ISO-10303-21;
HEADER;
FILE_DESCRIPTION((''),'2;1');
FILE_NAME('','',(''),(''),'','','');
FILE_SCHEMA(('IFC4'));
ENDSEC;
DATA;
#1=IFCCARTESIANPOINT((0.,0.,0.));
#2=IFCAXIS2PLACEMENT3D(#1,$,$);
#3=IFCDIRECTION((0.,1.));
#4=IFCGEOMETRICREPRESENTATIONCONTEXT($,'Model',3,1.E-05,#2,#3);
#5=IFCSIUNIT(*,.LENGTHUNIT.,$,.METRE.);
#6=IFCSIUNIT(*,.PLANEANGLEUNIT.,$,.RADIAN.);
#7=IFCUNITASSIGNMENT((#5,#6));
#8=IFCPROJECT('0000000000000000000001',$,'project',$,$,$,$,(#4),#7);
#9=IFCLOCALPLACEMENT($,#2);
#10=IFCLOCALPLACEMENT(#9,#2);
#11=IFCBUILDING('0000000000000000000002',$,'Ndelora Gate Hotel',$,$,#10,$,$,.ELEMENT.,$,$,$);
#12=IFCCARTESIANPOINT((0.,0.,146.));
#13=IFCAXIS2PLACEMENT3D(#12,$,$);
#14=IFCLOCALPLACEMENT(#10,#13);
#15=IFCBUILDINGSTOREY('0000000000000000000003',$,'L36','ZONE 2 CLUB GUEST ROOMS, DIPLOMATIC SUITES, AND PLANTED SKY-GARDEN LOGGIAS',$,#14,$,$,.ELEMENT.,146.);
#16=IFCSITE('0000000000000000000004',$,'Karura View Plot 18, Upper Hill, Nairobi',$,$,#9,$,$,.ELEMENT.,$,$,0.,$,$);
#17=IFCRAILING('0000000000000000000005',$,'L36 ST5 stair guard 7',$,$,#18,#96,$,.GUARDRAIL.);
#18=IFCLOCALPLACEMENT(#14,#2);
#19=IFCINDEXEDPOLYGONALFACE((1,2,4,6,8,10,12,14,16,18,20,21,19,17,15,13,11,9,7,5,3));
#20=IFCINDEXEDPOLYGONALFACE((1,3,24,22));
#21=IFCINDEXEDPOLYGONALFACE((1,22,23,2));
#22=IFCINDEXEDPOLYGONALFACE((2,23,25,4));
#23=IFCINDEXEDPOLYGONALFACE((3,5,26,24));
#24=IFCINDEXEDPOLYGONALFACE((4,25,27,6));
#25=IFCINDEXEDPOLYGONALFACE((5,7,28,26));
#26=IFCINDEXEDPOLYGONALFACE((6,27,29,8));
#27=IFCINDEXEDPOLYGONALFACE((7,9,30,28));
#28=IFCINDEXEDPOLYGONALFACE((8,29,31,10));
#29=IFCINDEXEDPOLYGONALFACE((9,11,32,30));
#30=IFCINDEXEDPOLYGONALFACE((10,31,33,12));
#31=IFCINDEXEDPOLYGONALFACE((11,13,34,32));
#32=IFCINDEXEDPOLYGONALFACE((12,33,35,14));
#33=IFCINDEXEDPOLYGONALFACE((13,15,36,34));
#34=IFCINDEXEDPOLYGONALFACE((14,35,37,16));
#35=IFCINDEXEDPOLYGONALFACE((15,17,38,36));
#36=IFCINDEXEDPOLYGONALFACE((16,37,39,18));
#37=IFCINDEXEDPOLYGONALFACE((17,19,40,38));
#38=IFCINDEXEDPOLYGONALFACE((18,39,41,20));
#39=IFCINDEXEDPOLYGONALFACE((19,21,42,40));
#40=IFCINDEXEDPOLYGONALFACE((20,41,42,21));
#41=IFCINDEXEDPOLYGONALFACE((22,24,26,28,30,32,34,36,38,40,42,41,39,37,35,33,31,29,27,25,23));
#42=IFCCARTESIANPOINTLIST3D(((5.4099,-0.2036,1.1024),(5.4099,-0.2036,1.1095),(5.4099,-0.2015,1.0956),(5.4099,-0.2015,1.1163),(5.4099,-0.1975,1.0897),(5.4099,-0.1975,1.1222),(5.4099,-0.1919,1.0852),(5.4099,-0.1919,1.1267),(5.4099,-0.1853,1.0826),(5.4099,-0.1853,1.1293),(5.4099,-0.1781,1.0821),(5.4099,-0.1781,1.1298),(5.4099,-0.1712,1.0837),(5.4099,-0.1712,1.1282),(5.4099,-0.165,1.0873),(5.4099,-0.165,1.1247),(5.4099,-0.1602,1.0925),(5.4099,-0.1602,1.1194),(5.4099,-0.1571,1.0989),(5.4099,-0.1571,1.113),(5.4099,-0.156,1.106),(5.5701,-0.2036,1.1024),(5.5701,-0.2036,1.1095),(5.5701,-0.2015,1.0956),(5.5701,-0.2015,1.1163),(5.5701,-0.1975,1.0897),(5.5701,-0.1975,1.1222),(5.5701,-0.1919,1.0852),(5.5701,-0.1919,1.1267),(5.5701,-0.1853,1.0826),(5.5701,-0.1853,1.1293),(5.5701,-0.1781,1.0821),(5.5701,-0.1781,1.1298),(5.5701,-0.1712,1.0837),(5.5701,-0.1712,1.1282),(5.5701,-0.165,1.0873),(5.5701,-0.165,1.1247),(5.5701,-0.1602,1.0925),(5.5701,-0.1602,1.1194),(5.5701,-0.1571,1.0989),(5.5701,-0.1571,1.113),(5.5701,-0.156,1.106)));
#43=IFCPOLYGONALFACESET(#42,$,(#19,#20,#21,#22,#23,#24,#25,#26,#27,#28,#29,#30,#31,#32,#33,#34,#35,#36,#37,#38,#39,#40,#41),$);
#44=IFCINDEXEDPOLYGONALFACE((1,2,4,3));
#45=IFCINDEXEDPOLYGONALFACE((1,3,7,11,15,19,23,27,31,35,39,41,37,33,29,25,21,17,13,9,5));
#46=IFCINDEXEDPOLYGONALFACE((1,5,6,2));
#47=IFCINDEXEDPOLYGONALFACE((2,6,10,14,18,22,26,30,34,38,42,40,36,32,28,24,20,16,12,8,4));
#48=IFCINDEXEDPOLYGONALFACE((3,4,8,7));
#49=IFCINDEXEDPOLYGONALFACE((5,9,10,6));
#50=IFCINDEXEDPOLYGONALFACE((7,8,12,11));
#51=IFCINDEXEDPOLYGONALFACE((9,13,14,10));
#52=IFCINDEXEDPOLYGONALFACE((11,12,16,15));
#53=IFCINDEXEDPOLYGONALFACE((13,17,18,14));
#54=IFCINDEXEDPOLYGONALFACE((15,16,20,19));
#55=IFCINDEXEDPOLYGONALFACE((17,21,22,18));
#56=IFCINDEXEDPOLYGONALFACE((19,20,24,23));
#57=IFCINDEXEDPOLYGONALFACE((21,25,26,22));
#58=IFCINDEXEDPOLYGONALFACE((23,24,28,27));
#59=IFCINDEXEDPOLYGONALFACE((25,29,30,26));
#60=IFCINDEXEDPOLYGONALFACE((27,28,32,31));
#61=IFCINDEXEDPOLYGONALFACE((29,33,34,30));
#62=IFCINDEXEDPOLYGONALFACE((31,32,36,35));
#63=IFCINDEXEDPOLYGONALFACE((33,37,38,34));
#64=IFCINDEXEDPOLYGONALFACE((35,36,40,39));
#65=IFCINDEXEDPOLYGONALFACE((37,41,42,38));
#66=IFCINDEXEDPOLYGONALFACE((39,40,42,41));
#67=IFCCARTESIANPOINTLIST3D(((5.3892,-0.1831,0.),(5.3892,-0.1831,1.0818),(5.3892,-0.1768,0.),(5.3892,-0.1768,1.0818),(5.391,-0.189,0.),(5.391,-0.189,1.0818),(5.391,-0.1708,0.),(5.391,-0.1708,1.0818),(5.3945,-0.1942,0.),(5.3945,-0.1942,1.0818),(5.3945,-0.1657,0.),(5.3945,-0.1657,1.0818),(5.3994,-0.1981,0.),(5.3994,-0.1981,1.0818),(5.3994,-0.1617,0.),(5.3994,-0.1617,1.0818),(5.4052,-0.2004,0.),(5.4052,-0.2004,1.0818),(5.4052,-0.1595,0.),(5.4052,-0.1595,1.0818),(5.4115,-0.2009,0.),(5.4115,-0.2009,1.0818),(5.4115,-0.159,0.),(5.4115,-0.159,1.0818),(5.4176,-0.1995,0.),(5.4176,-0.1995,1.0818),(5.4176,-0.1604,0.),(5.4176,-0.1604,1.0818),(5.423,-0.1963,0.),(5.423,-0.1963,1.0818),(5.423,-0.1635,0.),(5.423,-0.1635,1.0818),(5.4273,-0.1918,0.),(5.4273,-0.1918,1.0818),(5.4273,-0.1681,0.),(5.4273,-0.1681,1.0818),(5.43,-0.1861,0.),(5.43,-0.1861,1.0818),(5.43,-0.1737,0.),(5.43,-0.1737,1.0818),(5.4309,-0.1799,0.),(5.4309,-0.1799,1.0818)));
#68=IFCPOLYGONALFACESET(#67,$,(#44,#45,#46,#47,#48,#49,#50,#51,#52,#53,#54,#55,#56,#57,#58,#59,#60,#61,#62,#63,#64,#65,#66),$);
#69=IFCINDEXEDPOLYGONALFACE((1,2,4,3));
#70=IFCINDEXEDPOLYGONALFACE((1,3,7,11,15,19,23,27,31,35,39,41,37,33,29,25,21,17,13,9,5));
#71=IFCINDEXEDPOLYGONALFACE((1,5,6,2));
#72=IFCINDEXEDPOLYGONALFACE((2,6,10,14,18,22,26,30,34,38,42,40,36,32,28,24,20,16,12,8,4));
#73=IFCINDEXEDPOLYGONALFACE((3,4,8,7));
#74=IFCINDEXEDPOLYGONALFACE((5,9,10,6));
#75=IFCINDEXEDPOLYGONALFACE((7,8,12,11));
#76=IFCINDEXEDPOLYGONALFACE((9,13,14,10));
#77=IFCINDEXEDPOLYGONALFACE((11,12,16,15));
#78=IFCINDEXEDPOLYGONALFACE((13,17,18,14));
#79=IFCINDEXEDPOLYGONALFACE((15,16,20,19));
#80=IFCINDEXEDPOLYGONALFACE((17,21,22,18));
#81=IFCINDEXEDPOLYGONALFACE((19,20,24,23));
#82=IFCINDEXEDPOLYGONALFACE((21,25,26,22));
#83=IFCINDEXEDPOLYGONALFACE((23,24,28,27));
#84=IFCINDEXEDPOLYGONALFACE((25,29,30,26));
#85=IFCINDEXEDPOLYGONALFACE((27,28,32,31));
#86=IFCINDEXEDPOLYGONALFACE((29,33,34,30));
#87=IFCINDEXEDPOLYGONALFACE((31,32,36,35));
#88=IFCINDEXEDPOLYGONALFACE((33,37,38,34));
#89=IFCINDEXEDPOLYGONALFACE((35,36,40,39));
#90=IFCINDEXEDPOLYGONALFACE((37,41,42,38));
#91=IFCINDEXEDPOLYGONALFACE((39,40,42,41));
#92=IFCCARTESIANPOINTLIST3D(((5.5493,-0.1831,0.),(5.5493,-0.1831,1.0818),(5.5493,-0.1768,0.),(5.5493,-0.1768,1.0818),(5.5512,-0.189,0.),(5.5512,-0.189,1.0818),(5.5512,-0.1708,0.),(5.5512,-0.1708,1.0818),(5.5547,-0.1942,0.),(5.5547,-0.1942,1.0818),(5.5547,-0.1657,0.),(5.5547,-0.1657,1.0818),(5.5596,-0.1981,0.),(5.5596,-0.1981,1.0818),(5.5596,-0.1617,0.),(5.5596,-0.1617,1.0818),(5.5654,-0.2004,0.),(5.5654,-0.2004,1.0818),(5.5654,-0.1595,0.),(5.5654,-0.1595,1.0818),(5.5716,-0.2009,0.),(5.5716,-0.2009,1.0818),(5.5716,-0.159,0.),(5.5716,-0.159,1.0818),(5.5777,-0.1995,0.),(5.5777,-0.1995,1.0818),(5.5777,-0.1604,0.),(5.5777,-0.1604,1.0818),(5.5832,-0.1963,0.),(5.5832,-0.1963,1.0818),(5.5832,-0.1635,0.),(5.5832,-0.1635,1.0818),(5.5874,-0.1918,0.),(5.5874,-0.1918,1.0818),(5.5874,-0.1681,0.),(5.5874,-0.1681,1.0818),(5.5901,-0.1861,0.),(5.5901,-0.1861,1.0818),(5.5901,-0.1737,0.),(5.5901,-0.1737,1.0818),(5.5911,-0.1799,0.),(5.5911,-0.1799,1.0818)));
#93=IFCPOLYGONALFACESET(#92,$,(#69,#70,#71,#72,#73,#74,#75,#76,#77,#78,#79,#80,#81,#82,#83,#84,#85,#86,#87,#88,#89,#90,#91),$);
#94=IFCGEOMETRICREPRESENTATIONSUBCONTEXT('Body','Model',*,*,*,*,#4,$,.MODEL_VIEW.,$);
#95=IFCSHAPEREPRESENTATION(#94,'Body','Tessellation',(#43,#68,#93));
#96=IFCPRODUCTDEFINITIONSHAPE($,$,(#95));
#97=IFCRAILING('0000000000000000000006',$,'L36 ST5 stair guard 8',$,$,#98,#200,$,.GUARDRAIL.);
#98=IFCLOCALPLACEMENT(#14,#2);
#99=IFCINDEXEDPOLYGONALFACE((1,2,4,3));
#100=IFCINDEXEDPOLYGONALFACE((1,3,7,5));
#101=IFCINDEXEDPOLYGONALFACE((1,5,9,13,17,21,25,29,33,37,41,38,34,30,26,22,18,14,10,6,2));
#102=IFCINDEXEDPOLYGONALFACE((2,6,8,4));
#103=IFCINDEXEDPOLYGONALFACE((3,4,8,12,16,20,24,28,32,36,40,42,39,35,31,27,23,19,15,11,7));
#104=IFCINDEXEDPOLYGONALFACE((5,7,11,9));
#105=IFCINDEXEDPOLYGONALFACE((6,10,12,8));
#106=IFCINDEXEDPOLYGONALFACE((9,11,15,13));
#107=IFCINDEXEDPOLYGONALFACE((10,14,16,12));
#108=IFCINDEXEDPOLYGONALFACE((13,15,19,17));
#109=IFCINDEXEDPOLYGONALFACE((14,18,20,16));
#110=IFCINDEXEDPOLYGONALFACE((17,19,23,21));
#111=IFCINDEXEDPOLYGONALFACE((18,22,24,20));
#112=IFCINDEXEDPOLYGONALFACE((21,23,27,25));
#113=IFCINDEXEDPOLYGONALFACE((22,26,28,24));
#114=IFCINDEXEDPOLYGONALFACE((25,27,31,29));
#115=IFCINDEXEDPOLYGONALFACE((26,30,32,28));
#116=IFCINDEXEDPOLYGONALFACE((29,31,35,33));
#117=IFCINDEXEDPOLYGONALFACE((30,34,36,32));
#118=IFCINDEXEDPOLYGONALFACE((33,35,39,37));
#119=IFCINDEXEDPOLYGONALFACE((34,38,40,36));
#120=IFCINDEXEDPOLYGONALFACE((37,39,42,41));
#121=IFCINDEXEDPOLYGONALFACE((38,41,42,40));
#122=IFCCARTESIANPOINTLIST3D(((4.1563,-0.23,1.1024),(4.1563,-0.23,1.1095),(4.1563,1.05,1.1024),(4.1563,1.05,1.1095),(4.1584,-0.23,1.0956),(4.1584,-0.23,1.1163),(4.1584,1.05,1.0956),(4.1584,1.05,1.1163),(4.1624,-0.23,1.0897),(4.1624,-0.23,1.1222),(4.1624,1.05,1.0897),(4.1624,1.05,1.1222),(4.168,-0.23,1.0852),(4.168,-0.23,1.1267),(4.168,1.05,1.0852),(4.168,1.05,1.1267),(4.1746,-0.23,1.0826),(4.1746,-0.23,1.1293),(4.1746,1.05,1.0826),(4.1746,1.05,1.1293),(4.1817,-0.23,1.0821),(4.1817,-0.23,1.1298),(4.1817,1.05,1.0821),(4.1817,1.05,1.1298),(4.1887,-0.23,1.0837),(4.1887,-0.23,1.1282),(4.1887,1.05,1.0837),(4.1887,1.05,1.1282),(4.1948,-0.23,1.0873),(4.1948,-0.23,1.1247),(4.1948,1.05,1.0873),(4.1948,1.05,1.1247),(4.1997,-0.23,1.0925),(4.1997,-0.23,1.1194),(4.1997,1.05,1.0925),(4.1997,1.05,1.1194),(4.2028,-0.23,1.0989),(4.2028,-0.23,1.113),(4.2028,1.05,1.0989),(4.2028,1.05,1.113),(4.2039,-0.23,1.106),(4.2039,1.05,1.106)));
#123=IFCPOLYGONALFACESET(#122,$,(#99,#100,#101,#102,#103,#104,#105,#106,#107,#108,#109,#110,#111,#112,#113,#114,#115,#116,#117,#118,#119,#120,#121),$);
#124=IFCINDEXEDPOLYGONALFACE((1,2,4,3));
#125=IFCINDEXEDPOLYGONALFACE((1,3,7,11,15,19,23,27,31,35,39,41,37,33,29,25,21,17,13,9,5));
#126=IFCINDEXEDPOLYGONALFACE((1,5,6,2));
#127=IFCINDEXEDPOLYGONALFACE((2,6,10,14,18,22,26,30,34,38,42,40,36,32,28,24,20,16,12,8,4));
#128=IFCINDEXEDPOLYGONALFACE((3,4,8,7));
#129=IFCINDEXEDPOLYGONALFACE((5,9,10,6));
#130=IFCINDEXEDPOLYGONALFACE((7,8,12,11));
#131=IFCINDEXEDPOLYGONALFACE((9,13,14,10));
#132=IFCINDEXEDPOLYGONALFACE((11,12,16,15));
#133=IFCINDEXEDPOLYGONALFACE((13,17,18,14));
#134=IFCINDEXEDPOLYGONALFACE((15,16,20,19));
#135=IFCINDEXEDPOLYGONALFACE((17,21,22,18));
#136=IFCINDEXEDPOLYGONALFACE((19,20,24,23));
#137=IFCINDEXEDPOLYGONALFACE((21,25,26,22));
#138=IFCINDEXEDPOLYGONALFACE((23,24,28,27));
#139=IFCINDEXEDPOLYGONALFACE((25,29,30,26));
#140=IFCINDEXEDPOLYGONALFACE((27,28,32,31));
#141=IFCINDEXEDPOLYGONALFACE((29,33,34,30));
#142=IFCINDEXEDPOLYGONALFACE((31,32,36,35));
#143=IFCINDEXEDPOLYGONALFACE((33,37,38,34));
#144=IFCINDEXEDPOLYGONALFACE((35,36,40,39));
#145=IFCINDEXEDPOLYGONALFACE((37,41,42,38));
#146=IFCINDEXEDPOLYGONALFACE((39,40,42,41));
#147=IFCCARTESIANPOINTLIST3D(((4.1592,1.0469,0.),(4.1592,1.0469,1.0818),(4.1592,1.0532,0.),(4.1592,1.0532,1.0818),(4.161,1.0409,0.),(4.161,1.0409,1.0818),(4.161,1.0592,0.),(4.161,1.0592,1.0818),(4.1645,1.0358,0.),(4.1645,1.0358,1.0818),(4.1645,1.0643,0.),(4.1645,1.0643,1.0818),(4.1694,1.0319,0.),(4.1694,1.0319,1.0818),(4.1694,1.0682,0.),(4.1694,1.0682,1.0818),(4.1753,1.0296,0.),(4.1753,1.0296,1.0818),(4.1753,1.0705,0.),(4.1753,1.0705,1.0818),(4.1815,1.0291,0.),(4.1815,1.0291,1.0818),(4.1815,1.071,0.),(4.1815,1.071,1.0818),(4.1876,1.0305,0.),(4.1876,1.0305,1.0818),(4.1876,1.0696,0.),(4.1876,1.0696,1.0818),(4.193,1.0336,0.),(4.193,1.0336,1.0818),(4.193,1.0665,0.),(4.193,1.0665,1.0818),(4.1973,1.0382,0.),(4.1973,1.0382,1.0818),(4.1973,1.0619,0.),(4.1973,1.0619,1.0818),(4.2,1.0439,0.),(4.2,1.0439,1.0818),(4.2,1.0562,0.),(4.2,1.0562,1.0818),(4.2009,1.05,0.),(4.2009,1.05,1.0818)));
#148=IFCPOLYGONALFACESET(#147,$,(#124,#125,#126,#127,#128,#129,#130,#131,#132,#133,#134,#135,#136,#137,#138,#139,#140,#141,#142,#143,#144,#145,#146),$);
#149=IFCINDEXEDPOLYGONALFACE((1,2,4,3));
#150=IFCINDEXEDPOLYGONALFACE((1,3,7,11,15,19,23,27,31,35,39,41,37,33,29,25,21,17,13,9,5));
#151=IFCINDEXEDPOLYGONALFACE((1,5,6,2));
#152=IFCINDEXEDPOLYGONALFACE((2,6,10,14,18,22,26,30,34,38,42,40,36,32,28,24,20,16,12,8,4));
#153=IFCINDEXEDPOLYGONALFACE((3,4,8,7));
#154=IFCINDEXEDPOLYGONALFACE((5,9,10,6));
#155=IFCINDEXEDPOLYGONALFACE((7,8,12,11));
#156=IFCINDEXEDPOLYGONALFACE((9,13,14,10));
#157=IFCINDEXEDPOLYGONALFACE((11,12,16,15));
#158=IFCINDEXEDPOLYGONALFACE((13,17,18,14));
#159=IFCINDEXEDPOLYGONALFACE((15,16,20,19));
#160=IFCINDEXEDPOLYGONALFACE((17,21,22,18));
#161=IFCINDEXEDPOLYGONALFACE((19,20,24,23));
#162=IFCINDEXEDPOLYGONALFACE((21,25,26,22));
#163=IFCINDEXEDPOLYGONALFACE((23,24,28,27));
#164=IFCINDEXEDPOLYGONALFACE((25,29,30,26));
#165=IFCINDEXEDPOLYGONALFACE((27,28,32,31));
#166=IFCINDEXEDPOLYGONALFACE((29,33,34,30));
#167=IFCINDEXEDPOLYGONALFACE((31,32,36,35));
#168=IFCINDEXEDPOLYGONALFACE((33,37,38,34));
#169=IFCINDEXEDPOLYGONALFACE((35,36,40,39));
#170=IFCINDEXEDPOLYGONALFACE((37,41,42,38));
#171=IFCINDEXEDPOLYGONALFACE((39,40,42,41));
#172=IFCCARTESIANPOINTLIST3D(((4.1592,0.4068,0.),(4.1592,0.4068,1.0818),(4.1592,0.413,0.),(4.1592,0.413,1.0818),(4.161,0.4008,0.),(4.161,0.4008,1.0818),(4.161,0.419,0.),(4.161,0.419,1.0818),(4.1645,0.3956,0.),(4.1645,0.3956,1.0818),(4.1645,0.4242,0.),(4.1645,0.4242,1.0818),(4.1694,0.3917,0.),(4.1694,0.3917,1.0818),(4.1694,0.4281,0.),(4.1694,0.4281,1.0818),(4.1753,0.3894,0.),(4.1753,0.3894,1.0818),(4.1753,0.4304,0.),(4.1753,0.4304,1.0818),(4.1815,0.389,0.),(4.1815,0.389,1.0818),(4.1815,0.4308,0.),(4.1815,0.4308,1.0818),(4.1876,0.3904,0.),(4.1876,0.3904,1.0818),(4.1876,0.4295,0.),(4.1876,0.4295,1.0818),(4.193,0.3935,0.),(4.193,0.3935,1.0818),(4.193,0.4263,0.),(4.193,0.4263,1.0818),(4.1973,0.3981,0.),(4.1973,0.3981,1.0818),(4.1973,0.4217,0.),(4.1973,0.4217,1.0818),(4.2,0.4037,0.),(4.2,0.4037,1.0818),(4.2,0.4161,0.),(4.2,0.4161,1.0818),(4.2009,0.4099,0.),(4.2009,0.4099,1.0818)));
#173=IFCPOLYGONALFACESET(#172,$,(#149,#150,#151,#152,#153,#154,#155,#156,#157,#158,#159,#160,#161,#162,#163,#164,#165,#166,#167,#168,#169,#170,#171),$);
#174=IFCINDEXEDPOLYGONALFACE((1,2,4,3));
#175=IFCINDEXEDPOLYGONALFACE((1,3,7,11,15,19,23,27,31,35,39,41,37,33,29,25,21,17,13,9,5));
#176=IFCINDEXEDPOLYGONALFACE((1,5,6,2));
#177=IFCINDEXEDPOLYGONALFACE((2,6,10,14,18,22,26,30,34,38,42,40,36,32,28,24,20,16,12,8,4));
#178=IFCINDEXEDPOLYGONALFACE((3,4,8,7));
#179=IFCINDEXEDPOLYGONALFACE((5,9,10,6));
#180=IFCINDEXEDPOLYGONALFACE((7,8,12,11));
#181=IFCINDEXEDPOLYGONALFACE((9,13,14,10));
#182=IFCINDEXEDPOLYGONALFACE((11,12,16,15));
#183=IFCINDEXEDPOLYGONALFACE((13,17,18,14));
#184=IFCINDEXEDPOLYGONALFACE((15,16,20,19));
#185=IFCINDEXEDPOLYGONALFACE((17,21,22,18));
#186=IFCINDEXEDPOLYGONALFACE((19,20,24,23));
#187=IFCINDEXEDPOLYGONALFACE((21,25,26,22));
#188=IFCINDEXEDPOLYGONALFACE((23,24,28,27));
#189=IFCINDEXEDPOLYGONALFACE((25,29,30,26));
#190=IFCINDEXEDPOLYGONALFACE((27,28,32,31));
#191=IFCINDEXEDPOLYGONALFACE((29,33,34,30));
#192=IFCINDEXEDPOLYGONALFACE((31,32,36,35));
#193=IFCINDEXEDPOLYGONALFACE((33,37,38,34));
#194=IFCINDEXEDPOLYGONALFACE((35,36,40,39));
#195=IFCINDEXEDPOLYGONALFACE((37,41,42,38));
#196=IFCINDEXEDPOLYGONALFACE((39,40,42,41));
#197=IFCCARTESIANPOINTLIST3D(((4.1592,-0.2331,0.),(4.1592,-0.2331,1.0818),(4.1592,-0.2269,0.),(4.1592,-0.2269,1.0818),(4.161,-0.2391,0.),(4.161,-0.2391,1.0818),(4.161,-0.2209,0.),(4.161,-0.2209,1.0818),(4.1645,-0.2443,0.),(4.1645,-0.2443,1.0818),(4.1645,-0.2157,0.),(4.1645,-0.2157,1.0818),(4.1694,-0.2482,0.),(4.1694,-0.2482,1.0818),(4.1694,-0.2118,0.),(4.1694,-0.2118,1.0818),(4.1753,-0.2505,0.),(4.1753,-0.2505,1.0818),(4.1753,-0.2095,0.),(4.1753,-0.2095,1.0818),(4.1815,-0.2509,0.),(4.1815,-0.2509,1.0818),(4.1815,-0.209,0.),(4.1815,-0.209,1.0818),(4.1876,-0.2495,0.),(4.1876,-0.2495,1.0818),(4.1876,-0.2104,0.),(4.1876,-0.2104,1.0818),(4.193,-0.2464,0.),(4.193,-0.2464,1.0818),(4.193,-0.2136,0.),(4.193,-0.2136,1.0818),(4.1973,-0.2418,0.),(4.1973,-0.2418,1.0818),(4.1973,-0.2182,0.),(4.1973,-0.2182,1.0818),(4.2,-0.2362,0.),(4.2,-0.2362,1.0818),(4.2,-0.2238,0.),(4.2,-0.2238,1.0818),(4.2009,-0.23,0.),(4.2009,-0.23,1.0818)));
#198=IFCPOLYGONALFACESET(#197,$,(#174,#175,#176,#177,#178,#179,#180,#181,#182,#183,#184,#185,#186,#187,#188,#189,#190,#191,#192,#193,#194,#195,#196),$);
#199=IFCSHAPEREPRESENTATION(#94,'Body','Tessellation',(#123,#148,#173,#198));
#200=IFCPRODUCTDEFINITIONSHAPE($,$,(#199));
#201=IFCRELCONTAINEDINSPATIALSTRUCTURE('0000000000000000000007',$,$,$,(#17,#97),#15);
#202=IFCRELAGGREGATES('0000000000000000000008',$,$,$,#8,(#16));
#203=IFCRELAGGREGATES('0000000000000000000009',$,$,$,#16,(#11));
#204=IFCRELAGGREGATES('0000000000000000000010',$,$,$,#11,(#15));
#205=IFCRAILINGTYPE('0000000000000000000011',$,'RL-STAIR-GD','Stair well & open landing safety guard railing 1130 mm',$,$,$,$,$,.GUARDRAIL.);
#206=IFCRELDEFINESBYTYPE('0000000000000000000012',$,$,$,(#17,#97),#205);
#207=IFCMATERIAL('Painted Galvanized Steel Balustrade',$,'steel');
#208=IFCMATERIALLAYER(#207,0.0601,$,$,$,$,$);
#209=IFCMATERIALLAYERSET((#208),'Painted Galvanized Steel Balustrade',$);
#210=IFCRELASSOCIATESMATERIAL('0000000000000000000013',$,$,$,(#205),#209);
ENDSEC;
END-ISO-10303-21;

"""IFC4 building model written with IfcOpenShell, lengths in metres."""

from ifc_helpers import new_model, si_unit, direction, frame, origin, origin_2d, place, context, subcontext, project, spatial, circle, extrude, material, layer, layer_set, type_object, element, save


model = new_model("IFC4")

# Units and contexts
model_context = context("Model", 3, precision=1e-05, world=origin(), true_north=direction((0.0, 1.0)))
body_context = subcontext(model_context, "Body", "Model", "MODEL_VIEW")
ifc_project = project(units=[si_unit("LENGTHUNIT", "METRE"), si_unit("PLANEANGLEUNIT", "RADIAN")], contexts=[model_context])

# Site, building, storey
site_placement = place(None, origin())
site = spatial("IfcSite", under=ifc_project, at=site_placement, Name="Karura View Plot 18, Upper Hill, Nairobi", CompositionType="ELEMENT", RefElevation=0.0)
building_placement = place(site_placement, origin())
building = spatial("IfcBuilding", under=site, at=building_placement, Name="Ndelora Gate Hotel", CompositionType="ELEMENT")
storey_placement = place(building_placement, frame((0.0, 0.0, 146.0)))
storey = spatial("IfcBuildingStorey", under=building, at=storey_placement, Name="L36", Description="ZONE 2 CLUB GUEST ROOMS, DIPLOMATIC SUITES, AND PLANTED SKY-GARDEN LOGGIAS", CompositionType="ELEMENT", Elevation=146.0)

# Railings
ifc_material_1 = material(Name="Painted Galvanized Steel Balustrade", Category="steel")
ifc_layer_1 = layer(ifc_material_1, 0.0601)
ifc_layer_set_1 = layer_set([ifc_layer_1], Name="Painted Galvanized Steel Balustrade")
railing_type_1 = type_object("IfcRailingType", Name="RL-STAIR-GD", Description="Stair well & open landing safety guard railing 1130 mm", PredefinedType="GUARDRAIL", material=ifc_layer_set_1)
railing_1_placement = place(storey_placement, frame((5.4099, -0.1799, 0.0)))
element("IfcRailing", 1, at=railing_1_placement, inside=storey, type_object=railing_type_1, Name="L36 ST5 stair guard 7", PredefinedType="GUARDRAIL", context=body_context, shape_type="SweptSolid", body=[
    extrude(circle(Radius=0.0239, at=origin_2d()), frame((0.0, 0.0, 1.106), z_axis=(1.0, 0.0, 0.0), x_axis=(0.0, 1.0, 0.0)), (0.0, 0.0, 1.0), 0.1602),
    extrude(circle(Radius=0.021, at=origin_2d()), origin(), (0.0, 0.0, 1.0), 1.0818),
    extrude(circle(Radius=0.021, at=origin_2d()), frame((0.1602, 0.0, 0.0)), (0.0, 0.0, 1.0), 1.0818),
])
for number, where, name in (
    (2, (4.1799, 1.05, 0.0), "L36 ST5 stair guard 8"),
):
    element("IfcRailing", number, at=place(storey_placement, frame(where)), inside=storey, type_object=railing_type_1, Name=name, PredefinedType="GUARDRAIL", context=body_context, shape_type="SweptSolid", body=[
        extrude(circle(Radius=0.0239, at=origin_2d()), frame((0.0, 0.0, 1.106), z_axis=(0.0, -1.0, 0.0), x_axis=(1.0, 0.0, 0.0)), (0.0, 0.0, 1.0), 1.28),
        extrude(circle(Radius=0.021, at=origin_2d()), origin(), (0.0, 0.0, 1.0), 1.0818),
        extrude(circle(Radius=0.021, at=origin_2d()), frame((0.0, -0.6401, 0.0)), (0.0, 0.0, 1.0), 1.0818),
        extrude(circle(Radius=0.021, at=origin_2d()), frame((0.0, -1.28, 0.0)), (0.0, 0.0, 1.0), 1.0818),
    ])

save(model, "model.ifc")
